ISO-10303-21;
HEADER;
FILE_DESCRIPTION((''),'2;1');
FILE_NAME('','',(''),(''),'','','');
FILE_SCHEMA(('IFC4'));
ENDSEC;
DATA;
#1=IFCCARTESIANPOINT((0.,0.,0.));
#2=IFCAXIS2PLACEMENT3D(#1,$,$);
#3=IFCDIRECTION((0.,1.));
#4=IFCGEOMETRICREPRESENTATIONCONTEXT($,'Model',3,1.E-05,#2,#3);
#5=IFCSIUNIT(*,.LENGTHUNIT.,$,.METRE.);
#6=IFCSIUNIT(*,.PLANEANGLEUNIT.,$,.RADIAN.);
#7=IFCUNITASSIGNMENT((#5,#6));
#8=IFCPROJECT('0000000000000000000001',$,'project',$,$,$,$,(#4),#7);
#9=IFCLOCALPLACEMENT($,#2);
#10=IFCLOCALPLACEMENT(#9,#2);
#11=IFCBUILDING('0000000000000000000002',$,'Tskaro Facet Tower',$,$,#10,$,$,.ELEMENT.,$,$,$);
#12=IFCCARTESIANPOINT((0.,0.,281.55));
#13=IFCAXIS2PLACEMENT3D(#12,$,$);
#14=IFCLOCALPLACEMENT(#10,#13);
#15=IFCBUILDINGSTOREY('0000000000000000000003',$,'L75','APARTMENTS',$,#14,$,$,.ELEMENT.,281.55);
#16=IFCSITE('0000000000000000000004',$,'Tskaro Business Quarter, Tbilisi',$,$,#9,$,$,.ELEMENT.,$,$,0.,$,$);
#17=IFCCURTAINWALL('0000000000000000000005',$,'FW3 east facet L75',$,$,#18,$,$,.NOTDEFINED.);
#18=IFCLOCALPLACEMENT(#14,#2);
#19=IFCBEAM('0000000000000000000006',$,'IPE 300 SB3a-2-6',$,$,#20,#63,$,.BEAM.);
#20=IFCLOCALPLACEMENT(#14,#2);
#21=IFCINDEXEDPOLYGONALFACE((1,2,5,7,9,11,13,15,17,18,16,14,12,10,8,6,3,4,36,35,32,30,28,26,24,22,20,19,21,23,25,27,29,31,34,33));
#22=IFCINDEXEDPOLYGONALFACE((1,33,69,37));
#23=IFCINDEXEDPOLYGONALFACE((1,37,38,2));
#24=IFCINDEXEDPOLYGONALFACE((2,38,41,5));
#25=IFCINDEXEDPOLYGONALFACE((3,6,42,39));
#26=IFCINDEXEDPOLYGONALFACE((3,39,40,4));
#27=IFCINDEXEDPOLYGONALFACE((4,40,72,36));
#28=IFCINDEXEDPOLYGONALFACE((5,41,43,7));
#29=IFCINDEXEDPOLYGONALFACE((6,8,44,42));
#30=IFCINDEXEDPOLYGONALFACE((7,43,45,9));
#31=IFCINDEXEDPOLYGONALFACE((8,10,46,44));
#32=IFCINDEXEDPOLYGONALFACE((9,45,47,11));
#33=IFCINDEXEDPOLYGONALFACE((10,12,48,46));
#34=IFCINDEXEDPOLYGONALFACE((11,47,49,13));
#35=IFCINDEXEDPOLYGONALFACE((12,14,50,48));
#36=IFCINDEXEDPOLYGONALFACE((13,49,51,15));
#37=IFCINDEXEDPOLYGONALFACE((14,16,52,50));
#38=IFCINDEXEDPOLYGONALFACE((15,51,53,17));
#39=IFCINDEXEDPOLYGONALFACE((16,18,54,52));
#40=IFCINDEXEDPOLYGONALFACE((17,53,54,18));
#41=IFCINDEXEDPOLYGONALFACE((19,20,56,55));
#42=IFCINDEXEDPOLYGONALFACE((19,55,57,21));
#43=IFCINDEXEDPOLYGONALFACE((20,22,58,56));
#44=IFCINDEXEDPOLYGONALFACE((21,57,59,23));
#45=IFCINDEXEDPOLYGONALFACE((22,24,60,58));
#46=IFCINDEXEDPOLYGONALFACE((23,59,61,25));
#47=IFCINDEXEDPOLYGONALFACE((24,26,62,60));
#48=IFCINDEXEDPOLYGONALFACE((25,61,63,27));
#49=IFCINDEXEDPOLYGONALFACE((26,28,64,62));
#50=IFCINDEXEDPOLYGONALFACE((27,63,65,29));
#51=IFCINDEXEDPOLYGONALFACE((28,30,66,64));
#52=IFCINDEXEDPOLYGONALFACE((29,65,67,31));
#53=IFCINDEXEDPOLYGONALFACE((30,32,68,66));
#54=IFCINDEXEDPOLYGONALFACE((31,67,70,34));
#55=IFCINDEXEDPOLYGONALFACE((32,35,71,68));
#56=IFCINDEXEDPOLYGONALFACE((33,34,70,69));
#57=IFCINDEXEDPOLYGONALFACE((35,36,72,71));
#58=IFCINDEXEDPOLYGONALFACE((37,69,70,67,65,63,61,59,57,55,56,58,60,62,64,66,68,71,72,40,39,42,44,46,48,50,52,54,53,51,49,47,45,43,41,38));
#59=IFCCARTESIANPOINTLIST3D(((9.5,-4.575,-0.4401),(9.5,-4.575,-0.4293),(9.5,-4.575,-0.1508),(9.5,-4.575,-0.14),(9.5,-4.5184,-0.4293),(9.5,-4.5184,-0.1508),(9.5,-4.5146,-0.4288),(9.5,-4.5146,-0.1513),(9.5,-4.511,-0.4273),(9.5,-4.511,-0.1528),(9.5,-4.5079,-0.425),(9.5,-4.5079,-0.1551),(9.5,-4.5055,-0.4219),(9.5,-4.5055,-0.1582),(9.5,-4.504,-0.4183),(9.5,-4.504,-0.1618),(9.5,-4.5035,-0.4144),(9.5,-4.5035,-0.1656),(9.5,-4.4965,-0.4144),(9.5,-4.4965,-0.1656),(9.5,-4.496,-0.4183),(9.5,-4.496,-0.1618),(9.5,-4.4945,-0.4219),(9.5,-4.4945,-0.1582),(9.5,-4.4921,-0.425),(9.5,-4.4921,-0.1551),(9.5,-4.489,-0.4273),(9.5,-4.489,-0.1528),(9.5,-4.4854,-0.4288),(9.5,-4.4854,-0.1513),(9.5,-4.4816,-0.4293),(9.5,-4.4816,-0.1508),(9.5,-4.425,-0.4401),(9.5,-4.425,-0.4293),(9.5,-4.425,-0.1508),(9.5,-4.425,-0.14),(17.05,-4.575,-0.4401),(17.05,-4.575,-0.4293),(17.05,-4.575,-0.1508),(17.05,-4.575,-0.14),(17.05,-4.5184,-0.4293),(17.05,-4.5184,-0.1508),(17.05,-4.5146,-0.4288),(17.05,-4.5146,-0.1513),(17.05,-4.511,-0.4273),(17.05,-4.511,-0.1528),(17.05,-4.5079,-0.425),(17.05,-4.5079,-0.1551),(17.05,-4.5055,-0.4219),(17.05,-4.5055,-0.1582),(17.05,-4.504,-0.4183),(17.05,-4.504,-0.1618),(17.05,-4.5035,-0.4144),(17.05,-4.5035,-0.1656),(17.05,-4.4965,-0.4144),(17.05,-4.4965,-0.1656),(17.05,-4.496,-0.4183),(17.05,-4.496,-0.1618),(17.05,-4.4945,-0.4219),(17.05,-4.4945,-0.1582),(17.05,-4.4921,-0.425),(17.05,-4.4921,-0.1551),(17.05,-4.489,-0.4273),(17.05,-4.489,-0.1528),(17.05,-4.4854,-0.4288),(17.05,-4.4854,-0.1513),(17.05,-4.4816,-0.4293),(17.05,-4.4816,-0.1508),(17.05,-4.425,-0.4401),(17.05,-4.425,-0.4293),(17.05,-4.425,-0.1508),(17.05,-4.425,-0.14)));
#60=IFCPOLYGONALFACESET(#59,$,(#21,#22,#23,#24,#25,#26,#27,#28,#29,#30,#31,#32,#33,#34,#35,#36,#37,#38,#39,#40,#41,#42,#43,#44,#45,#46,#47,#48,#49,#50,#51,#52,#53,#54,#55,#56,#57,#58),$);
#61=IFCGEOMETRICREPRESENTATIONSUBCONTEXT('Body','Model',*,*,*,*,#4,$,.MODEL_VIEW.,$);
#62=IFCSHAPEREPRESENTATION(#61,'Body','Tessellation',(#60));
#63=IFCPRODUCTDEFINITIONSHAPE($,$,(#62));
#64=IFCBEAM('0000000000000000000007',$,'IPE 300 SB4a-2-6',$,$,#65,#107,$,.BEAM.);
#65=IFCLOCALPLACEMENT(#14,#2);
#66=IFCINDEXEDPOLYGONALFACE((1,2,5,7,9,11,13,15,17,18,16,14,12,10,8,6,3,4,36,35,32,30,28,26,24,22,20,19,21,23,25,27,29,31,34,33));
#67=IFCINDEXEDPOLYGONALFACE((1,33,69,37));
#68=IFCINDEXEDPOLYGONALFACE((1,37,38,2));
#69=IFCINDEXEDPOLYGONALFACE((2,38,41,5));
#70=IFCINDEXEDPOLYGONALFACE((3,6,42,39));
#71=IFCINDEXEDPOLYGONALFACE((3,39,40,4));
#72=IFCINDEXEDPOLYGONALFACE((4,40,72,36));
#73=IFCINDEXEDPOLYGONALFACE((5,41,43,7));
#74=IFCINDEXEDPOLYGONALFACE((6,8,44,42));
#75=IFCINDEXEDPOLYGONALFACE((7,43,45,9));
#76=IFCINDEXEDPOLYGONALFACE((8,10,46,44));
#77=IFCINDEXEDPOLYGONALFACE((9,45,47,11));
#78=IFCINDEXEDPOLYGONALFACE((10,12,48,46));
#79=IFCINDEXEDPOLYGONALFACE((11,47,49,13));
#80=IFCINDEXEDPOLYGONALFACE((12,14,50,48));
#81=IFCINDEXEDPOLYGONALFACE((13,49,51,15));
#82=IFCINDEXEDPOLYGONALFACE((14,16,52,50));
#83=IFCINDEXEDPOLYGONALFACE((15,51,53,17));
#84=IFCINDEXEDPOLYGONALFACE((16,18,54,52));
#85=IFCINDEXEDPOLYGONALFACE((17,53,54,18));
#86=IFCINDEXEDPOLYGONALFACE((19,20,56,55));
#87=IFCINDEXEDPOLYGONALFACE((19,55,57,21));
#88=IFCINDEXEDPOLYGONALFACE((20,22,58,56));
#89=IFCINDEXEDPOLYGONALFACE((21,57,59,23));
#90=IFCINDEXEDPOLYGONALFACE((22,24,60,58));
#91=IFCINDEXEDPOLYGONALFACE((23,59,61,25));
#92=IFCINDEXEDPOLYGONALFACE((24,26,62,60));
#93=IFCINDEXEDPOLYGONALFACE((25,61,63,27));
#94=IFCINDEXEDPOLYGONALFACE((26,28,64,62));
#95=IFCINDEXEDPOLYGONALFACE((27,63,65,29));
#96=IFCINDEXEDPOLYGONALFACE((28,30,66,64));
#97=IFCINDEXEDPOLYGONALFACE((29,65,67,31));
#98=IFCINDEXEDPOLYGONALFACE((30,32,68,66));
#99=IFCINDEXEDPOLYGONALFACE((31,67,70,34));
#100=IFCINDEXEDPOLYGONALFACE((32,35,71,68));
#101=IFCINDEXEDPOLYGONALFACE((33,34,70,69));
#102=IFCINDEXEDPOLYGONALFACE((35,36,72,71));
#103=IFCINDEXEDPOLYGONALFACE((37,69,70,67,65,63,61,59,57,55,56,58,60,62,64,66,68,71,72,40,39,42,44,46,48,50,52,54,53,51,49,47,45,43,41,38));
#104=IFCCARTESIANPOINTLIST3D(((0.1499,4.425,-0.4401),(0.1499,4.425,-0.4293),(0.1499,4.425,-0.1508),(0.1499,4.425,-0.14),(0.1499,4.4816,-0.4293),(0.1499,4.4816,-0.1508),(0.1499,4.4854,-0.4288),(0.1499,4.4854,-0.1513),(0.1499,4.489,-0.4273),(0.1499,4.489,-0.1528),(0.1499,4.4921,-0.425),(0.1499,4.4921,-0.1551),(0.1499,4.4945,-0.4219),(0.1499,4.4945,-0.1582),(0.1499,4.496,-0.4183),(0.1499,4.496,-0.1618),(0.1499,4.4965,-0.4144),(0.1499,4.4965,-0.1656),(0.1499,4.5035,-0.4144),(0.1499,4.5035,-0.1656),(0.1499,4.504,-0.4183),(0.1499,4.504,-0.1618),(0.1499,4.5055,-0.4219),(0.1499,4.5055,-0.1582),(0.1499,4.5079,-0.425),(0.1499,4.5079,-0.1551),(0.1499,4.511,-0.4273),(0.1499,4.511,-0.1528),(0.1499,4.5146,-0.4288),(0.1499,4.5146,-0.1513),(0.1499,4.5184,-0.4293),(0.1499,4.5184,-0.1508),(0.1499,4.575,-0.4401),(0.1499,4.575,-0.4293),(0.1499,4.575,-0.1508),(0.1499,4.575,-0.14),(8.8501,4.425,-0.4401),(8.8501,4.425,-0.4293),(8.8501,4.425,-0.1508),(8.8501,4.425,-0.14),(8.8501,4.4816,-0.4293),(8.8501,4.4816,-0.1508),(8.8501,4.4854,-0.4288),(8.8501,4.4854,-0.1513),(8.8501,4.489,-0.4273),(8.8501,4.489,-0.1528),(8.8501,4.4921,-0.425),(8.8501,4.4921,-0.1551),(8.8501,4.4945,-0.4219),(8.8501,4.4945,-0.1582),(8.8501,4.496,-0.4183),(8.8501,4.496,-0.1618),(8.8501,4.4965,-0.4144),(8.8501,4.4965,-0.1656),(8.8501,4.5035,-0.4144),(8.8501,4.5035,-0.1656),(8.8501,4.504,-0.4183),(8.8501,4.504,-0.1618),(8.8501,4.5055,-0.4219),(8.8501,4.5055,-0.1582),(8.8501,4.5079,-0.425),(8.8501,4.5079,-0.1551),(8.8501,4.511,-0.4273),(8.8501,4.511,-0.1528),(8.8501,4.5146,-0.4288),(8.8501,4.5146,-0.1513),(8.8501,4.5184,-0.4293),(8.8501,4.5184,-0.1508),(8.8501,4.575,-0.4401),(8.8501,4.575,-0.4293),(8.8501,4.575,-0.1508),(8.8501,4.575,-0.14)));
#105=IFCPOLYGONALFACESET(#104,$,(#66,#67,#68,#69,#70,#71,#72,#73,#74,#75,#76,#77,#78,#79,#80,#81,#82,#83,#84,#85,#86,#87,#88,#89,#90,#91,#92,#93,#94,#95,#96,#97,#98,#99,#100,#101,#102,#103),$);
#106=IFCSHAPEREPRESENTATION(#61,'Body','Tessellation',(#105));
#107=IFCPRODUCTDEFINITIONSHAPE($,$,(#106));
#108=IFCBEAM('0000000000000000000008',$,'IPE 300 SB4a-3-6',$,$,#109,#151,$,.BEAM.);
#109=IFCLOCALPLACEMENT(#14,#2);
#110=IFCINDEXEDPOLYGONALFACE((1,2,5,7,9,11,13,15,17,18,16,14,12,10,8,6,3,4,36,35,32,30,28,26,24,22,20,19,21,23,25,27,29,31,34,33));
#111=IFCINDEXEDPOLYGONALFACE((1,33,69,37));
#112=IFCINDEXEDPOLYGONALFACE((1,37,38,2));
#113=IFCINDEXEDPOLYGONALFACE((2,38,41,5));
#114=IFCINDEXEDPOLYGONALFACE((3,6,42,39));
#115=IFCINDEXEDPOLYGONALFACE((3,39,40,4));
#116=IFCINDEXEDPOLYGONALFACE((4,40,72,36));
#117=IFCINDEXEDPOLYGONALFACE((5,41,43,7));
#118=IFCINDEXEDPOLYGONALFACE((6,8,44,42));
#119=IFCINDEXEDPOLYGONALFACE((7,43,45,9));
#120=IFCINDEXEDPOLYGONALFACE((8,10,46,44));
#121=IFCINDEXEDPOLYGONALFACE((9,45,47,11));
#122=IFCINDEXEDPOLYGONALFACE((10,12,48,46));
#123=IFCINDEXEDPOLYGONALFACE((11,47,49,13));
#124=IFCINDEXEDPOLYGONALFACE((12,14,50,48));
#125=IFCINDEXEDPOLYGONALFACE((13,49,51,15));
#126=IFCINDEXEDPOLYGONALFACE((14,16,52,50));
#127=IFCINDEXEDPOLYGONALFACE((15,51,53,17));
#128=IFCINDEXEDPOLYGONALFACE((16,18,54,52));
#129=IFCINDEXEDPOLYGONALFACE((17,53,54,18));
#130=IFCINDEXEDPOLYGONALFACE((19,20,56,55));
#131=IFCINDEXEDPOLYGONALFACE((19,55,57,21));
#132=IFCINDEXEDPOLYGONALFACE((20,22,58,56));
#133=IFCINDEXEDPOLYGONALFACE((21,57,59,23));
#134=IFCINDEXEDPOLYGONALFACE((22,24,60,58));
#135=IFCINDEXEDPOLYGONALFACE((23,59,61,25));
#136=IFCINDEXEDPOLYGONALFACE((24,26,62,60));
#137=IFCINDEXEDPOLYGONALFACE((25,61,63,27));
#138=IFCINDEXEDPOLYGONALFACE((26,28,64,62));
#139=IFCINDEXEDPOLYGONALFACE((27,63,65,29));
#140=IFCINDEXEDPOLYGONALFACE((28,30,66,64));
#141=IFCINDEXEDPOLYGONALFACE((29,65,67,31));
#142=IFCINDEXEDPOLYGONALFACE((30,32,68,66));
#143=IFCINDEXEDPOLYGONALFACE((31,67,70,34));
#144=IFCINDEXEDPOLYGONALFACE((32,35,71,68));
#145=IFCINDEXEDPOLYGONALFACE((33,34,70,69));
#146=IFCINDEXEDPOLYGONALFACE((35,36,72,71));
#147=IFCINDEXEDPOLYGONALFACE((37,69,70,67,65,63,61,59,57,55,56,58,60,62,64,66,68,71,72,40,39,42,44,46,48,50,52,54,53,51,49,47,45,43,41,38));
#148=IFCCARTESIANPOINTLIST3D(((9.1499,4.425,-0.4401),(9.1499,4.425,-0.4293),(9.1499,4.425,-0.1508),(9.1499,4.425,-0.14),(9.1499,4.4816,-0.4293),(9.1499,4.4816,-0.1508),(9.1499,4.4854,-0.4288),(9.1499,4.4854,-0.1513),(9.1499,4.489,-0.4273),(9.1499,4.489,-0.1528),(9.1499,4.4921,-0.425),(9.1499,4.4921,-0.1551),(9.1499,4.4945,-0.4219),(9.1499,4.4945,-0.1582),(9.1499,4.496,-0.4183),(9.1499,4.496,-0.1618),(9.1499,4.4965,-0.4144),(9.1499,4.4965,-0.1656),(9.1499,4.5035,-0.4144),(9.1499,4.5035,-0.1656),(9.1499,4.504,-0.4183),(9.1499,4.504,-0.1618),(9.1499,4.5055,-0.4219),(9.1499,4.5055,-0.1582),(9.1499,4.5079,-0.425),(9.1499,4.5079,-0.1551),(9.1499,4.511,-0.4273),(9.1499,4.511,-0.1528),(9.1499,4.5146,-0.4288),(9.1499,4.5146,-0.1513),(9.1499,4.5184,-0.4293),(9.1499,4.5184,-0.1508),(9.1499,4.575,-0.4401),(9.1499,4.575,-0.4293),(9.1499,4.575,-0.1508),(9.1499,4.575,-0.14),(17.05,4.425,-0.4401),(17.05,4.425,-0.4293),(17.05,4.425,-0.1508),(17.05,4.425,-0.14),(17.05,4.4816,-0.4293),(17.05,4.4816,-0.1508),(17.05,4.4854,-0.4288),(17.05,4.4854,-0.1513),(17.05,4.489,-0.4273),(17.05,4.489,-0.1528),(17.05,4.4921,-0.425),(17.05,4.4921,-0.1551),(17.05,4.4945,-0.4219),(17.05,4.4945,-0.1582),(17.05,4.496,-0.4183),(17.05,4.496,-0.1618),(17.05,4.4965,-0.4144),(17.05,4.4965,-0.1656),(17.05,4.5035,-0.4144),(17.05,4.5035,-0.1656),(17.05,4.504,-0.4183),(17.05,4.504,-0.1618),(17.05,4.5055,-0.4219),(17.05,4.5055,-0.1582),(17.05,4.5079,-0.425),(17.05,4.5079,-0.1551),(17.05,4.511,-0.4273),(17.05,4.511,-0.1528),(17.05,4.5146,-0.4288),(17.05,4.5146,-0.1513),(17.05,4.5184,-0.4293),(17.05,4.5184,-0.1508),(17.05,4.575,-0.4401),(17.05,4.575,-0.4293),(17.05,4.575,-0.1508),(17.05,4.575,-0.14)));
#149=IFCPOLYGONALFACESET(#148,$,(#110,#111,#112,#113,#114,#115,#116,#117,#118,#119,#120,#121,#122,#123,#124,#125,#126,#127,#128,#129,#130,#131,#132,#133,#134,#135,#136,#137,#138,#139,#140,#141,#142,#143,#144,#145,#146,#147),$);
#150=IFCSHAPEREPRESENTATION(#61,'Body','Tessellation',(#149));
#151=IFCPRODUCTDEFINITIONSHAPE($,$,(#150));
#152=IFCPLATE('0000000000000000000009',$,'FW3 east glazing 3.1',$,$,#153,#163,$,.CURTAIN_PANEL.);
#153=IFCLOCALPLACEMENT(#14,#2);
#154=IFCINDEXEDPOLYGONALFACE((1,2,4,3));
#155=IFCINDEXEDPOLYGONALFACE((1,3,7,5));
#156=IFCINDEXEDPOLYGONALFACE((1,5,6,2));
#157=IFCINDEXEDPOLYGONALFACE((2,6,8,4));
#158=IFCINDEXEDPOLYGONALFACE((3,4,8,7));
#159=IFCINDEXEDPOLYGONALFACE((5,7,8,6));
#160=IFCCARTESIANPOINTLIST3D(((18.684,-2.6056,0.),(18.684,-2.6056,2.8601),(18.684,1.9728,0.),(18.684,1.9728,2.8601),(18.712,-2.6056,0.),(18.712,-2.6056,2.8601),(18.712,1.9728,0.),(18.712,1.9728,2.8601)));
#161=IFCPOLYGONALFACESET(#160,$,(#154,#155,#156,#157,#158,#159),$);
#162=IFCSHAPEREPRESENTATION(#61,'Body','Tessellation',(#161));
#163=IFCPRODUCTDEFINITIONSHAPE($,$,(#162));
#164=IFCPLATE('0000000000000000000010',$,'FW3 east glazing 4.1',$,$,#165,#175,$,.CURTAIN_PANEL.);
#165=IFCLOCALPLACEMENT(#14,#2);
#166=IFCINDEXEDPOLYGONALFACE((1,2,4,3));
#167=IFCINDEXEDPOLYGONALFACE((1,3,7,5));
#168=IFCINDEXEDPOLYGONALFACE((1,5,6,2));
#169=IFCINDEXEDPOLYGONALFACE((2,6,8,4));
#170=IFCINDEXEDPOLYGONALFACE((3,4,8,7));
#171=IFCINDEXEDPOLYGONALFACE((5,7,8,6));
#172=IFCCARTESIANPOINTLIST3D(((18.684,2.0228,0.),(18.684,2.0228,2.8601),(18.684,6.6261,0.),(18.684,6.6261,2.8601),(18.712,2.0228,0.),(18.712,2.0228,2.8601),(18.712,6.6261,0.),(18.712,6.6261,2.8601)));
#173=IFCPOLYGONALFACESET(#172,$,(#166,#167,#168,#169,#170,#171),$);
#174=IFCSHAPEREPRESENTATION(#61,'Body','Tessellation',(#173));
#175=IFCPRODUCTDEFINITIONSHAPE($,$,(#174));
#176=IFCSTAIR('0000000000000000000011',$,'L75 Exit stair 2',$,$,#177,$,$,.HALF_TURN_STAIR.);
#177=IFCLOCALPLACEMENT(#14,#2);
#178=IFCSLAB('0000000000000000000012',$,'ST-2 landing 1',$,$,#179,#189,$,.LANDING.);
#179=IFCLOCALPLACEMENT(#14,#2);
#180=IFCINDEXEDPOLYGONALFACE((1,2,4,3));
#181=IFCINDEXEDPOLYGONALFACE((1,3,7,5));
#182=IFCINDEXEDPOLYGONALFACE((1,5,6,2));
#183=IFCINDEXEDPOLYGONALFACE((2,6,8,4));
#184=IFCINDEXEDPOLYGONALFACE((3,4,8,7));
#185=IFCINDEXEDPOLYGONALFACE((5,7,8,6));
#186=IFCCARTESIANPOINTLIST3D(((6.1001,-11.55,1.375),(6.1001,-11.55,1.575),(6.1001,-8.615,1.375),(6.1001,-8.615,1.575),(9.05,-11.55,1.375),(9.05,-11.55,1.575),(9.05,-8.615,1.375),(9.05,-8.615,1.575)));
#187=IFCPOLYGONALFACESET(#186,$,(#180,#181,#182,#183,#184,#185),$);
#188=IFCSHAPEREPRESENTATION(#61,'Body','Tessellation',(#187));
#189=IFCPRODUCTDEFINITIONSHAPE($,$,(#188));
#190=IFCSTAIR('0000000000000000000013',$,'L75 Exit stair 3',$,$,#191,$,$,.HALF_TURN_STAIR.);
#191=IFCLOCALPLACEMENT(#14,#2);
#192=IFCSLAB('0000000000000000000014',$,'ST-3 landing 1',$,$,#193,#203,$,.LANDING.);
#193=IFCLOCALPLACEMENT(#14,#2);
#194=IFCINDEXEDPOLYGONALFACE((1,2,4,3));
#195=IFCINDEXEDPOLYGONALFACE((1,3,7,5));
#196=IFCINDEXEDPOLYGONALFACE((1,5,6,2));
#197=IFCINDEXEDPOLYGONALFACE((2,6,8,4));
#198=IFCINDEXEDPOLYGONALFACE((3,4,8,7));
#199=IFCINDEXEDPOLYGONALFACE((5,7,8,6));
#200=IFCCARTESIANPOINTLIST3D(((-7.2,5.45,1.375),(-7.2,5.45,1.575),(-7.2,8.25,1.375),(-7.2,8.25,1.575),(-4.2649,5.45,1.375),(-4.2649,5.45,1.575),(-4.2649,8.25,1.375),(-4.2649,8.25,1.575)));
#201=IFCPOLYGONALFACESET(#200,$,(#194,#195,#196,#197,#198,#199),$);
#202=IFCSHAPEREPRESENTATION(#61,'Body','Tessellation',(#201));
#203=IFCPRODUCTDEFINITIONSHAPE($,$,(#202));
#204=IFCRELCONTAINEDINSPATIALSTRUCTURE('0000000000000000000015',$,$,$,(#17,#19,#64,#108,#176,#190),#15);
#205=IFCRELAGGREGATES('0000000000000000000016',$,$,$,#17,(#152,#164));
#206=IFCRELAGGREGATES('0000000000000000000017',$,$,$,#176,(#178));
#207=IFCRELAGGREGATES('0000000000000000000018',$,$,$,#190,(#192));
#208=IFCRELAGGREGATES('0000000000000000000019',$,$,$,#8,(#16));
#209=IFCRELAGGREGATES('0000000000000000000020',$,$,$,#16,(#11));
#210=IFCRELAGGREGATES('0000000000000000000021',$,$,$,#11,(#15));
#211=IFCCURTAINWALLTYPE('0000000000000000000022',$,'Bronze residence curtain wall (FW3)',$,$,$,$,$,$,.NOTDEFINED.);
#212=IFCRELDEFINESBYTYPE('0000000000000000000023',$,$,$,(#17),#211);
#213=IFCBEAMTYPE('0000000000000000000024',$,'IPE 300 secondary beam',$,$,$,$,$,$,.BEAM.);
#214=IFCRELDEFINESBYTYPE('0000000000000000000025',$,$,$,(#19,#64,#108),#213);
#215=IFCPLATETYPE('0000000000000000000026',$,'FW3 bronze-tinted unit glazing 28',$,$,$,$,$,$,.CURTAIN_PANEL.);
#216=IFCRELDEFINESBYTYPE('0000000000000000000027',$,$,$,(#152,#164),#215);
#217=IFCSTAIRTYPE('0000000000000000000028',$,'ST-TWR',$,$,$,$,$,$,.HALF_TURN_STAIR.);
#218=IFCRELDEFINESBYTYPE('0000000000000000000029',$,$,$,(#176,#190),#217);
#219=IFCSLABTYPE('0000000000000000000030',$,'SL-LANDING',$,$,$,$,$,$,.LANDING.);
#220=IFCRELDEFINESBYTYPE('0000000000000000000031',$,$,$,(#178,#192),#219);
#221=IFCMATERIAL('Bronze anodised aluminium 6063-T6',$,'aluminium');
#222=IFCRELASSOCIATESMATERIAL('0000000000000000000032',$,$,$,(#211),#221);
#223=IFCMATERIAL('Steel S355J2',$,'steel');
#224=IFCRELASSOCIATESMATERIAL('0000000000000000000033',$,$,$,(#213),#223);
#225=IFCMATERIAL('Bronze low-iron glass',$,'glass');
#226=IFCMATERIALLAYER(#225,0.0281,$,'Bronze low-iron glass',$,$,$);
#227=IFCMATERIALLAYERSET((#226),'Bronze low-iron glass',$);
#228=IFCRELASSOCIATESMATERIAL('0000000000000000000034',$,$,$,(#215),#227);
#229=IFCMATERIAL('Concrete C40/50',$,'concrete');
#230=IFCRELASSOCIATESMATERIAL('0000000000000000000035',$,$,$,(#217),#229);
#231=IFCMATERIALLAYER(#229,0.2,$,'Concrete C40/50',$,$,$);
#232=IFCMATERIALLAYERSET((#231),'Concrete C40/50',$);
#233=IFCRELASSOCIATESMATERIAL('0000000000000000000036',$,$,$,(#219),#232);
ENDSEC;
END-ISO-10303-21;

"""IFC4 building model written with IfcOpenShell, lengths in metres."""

from ifc_helpers import new_model, si_unit, direction, frame, origin, origin_2d, place, context, subcontext, project, spatial, polyline, rectangle, i_section, outline, extrude, material, layer, layer_set, material_profile, profile_set, type_object, element, aggregate, save


model = new_model("IFC4")

# Units and contexts
model_context = context("Model", 3, precision=1e-05, world=origin(), true_north=direction((0.0, 1.0)))
body_context = subcontext(model_context, "Body", "Model", "MODEL_VIEW")
ifc_project = project(units=[si_unit("LENGTHUNIT", "METRE"), si_unit("PLANEANGLEUNIT", "RADIAN")], contexts=[model_context])

# Site, building, storey
site_placement = place(None, origin())
site = spatial("IfcSite", under=ifc_project, at=site_placement, Name="Tskaro Business Quarter, Tbilisi", CompositionType="ELEMENT", RefElevation=0.0)
building_placement = place(site_placement, origin())
building = spatial("IfcBuilding", under=site, at=building_placement, Name="Tskaro Facet Tower", CompositionType="ELEMENT")
storey_placement = place(building_placement, frame((0.0, 0.0, 281.55)))
storey = spatial("IfcBuildingStorey", under=building, at=storey_placement, Name="L75", Description="APARTMENTS", CompositionType="ELEMENT", Elevation=281.55)

# Shared definitions
ifc_material_1 = material(Name="Steel S355J2", Category="steel")

# Curtain wall
ifc_material_2 = material(Name="Bronze anodised aluminium 6063-T6", Category="aluminium")
curtain_wall_type = type_object("IfcCurtainWallType", Name="Bronze residence curtain wall (FW3)", PredefinedType="NOTDEFINED", material=ifc_material_2)
curtain_wall_placement = place(storey_placement, origin())
curtain_wall = element("IfcCurtainWall", 1, at=curtain_wall_placement, inside=storey, type_object=curtain_wall_type, Name="FW3 east facet L75", PredefinedType="NOTDEFINED")

# Beams
ifc_material_profile_1 = material_profile(ifc_material_1, i_section(OverallWidth=0.1499, OverallDepth=0.3, WebThickness=0.0071, FlangeThickness=0.0107, FilletRadius=0.0149, at=origin_2d()), Name="IPE 300")
ifc_profile_set_1 = profile_set([ifc_material_profile_1], Name="Steel S355J2")
beam_type_1 = type_object("IfcBeamType", Name="IPE 300 secondary beam", PredefinedType="BEAM", material=ifc_profile_set_1)
beam_1_placement = place(storey_placement, frame((9.5, -4.5, -0.29), z_axis=(1.0, 0.0, 0.0), x_axis=(0.0, 1.0, 0.0)))
element("IfcBeam", 2, at=beam_1_placement, inside=storey, type_object=beam_type_1, Name="IPE 300 SB3a-2-6", PredefinedType="BEAM", context=body_context, shape_type="SweptSolid", body=[
    extrude(i_section(OverallWidth=0.1499, OverallDepth=0.3, WebThickness=0.0071, FlangeThickness=0.0107, FilletRadius=0.0149, at=origin_2d()), origin(), (0.0, 0.0, 1.0), 7.55),
])
beam_2_placement = place(storey_placement, frame((0.1499, 4.5, -0.29), z_axis=(1.0, 0.0, 0.0), x_axis=(0.0, 1.0, 0.0)))
element("IfcBeam", 3, at=beam_2_placement, inside=storey, type_object=beam_type_1, Name="IPE 300 SB4a-2-6", PredefinedType="BEAM", context=body_context, shape_type="SweptSolid", body=[
    extrude(i_section(OverallWidth=0.1499, OverallDepth=0.3, WebThickness=0.0071, FlangeThickness=0.0107, FilletRadius=0.0149, at=origin_2d()), origin(), (0.0, 0.0, 1.0), 8.7002),
])
beam_3_placement = place(storey_placement, frame((9.1499, 4.5, -0.29), z_axis=(1.0, 0.0, 0.0), x_axis=(0.0, 1.0, 0.0)))
element("IfcBeam", 4, at=beam_3_placement, inside=storey, type_object=beam_type_1, Name="IPE 300 SB4a-3-6", PredefinedType="BEAM", context=body_context, shape_type="SweptSolid", body=[
    extrude(i_section(OverallWidth=0.1499, OverallDepth=0.3, WebThickness=0.0071, FlangeThickness=0.0107, FilletRadius=0.0149, at=origin_2d()), origin(), (0.0, 0.0, 1.0), 7.9001),
])

# Plates
ifc_material_3 = material(Name="Bronze low-iron glass", Category="glass")
ifc_layer_1 = layer(ifc_material_3, 0.0281, Name="Bronze low-iron glass")
ifc_layer_set_1 = layer_set([ifc_layer_1], Name="Bronze low-iron glass")
plate_type = type_object("IfcPlateType", Name="FW3 bronze-tinted unit glazing 28", PredefinedType="CURTAIN_PANEL", material=ifc_layer_set_1)
plate_1_placement = place(storey_placement, frame((18.698, -0.3164, 0.0), z_axis=(0.0, 0.0, 1.0), x_axis=(0.0, 1.0, 0.0)))
plate_1 = element("IfcPlate", 5, at=plate_1_placement, type_object=plate_type, Name="FW3 east glazing 3.1", PredefinedType="CURTAIN_PANEL", context=body_context, shape_type="SweptSolid", body=[
    extrude(rectangle(XDim=4.5784, YDim=0.0281, at=origin_2d()), origin(), (0.0, 0.0, 1.0), 2.8601),
])
plate_2_placement = place(storey_placement, frame((18.698, 4.3245, 0.0), z_axis=(0.0, 0.0, 1.0), x_axis=(0.0, 1.0, 0.0)))
plate_2 = element("IfcPlate", 6, at=plate_2_placement, type_object=plate_type, Name="FW3 east glazing 4.1", PredefinedType="CURTAIN_PANEL", context=body_context, shape_type="SweptSolid", body=[
    extrude(rectangle(XDim=4.6033, YDim=0.0281, at=origin_2d()), origin(), (0.0, 0.0, 1.0), 2.8601),
])
aggregate(curtain_wall, [plate_1, plate_2])

# Stairs, slabs
ifc_material_4 = material(Name="Concrete C40/50", Category="concrete")
stair_type = type_object("IfcStairType", Name="ST-TWR", PredefinedType="HALF_TURN_STAIR", material=ifc_material_4)
stair_1_placement = place(storey_placement, origin())
stair_1 = element("IfcStair", 7, at=stair_1_placement, inside=storey, type_object=stair_type, Name="L75 Exit stair 2", PredefinedType="HALF_TURN_STAIR")
ifc_layer_2 = layer(ifc_material_4, 0.2, Name="Concrete C40/50")
ifc_layer_set_2 = layer_set([ifc_layer_2], Name="Concrete C40/50")
slab_type = type_object("IfcSlabType", Name="SL-LANDING", PredefinedType="LANDING", material=ifc_layer_set_2)
slab_1_placement = place(storey_placement, frame((0.0, 0.0, 1.375)))
slab_1 = element("IfcSlab", 8, at=slab_1_placement, type_object=slab_type, Name="ST-2 landing 1", PredefinedType="LANDING", context=body_context, shape_type="SweptSolid", body=[
    extrude(outline(polyline([(6.1001, -11.55), (9.05, -11.55), (9.05, -8.615), (6.1001, -8.615), (6.1001, -11.55)])), origin(), (0.0, 0.0, 1.0), 0.2),
])
aggregate(stair_1, [slab_1])
stair_2_placement = place(storey_placement, origin())
stair_2 = element("IfcStair", 9, at=stair_2_placement, inside=storey, type_object=stair_type, Name="L75 Exit stair 3", PredefinedType="HALF_TURN_STAIR")
slab_2_placement = place(storey_placement, frame((0.0, 0.0, 1.375)))
slab_2 = element("IfcSlab", 10, at=slab_2_placement, type_object=slab_type, Name="ST-3 landing 1", PredefinedType="LANDING", context=body_context, shape_type="SweptSolid", body=[
    extrude(outline(polyline([(-7.2, 5.45), (-4.2649, 5.45), (-4.2649, 8.25), (-7.2, 8.25), (-7.2, 5.45)])), origin(), (0.0, 0.0, 1.0), 0.2),
])
aggregate(stair_2, [slab_2])

save(model, "model.ifc")
